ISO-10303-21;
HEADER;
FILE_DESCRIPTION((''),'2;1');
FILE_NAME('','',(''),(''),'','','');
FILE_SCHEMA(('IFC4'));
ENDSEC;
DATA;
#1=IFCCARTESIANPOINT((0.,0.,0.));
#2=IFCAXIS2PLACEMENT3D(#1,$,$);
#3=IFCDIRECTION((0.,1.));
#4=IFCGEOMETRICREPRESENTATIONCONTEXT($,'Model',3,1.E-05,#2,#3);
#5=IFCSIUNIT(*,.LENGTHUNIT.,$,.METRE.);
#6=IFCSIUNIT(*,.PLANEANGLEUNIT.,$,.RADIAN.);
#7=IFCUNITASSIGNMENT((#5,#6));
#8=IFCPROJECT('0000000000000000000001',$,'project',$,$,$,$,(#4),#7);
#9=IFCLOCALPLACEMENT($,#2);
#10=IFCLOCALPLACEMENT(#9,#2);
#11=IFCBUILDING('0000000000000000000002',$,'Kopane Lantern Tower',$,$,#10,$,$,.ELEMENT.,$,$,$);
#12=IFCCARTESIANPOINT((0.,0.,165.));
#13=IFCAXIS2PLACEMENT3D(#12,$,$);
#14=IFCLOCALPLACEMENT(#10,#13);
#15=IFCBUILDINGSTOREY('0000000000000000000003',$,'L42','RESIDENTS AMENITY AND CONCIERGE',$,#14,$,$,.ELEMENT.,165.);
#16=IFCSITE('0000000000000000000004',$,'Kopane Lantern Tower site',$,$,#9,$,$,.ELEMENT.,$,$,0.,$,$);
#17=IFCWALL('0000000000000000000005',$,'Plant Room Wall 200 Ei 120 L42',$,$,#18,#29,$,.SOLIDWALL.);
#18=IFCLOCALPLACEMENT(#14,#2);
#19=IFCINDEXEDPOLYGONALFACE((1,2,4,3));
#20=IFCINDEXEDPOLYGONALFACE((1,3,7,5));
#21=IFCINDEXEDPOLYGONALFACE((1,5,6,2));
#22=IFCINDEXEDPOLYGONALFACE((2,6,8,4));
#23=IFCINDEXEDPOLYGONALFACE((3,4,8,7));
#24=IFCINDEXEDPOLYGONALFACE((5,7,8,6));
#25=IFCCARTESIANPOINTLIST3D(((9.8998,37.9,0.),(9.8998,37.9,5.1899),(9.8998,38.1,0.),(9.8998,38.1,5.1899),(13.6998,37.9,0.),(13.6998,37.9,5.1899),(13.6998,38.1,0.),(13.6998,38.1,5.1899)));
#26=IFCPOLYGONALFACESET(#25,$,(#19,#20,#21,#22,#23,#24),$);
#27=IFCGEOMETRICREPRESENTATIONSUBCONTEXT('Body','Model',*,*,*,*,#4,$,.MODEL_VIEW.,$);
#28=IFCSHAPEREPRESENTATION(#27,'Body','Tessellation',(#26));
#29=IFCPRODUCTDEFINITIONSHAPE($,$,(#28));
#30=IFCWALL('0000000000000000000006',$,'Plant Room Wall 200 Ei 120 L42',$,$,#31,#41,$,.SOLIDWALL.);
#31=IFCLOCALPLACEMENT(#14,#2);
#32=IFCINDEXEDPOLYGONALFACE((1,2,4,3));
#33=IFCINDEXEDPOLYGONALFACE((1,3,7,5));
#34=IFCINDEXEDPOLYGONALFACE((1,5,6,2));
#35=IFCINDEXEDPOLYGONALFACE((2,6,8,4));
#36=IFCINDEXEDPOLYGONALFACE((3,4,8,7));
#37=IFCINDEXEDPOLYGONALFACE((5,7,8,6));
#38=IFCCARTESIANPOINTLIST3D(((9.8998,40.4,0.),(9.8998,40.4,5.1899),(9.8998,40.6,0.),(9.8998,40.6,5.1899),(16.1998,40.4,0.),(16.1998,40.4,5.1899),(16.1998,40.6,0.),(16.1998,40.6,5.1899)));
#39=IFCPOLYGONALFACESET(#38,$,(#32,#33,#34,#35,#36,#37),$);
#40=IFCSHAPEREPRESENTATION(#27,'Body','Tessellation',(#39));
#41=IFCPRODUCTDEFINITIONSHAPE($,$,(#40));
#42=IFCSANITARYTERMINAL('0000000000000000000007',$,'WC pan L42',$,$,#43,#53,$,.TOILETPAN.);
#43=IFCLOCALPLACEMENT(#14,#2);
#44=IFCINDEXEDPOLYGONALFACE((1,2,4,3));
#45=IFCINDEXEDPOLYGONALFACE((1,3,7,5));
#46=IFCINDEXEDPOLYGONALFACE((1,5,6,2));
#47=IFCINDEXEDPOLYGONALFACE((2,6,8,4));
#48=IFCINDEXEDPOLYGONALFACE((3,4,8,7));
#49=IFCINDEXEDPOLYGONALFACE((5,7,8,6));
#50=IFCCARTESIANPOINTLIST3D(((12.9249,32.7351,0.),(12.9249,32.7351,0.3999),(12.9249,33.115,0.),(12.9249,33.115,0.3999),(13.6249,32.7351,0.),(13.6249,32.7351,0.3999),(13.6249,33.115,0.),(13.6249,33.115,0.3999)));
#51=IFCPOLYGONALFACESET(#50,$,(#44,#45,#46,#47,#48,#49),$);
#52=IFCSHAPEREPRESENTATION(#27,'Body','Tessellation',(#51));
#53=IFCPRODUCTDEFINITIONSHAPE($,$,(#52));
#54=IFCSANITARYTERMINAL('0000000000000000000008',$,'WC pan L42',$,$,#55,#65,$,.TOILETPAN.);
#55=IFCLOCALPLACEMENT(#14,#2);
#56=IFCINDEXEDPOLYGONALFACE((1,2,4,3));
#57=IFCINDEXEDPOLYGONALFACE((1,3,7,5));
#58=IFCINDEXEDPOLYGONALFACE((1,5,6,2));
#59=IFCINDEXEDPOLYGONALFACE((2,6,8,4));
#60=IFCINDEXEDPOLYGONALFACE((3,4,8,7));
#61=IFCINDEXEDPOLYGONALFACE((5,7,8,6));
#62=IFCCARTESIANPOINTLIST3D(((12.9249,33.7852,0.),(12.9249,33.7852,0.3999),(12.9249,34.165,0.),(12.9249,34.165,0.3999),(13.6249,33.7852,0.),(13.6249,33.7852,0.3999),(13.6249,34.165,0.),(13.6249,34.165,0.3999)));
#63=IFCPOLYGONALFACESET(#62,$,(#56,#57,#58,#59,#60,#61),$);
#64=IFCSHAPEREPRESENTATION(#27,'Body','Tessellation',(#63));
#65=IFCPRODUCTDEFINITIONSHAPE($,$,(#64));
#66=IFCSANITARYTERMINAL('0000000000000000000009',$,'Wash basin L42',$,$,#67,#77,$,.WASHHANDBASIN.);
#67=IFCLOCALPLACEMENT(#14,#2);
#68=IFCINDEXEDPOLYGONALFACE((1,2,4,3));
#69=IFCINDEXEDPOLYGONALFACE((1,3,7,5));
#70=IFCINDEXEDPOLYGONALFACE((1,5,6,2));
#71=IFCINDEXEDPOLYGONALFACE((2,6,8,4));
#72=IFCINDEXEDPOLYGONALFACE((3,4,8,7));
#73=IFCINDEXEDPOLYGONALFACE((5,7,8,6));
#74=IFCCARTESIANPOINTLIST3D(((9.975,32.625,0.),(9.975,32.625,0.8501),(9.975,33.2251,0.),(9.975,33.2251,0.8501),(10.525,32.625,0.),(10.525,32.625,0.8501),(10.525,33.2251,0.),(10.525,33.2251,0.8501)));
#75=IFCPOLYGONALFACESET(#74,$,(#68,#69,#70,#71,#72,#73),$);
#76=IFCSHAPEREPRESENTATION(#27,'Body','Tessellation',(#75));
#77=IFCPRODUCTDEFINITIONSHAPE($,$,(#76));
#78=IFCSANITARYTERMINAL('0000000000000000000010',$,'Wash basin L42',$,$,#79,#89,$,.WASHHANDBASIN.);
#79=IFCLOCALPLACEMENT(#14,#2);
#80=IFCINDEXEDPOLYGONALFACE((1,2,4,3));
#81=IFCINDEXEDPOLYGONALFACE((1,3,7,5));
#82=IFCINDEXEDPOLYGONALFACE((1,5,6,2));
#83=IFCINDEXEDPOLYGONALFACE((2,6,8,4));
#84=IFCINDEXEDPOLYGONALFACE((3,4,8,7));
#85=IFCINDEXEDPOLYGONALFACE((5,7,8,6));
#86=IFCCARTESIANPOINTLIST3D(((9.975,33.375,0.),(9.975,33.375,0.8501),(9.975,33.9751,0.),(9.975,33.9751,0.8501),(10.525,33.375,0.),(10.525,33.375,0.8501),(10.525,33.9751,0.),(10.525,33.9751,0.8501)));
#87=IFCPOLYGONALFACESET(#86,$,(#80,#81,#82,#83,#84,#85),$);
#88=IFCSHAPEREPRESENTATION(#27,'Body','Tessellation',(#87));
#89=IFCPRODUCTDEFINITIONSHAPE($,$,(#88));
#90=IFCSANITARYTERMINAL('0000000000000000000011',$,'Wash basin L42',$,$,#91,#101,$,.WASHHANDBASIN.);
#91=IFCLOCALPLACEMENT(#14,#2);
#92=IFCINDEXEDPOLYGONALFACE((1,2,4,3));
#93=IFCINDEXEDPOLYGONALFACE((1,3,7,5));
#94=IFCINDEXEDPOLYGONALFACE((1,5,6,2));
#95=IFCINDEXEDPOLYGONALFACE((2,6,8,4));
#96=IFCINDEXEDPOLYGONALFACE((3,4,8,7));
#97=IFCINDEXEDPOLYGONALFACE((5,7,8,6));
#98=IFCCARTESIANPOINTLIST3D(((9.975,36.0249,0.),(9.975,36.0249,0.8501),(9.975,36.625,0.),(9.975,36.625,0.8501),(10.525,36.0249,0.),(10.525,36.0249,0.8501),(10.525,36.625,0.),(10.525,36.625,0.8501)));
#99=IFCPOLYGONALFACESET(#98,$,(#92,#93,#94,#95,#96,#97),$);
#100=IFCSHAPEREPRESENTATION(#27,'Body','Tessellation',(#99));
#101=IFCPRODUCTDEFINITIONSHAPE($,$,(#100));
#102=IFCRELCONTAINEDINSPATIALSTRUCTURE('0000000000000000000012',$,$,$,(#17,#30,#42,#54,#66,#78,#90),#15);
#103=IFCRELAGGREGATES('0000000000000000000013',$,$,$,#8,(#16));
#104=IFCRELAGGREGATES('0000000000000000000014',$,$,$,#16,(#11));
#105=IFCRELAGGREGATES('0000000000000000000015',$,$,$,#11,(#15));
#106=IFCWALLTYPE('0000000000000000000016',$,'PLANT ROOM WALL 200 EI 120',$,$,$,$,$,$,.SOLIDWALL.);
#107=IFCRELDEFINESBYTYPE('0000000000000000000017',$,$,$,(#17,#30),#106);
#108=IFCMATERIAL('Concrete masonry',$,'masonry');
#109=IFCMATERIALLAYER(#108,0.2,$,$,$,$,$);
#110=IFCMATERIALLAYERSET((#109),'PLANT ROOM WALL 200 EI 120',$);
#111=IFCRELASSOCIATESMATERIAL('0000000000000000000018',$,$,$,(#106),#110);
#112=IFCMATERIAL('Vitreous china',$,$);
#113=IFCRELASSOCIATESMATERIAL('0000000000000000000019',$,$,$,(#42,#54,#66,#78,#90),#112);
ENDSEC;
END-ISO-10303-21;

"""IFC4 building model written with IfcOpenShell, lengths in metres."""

from ifc_helpers import new_model, si_unit, direction, frame, frame_2d, origin, origin_2d, place, context, subcontext, project, spatial, rectangle, extrude, material, layer, layer_set, type_object, element, save


model = new_model("IFC4")

# Units and contexts
model_context = context("Model", 3, precision=1e-05, world=origin(), true_north=direction((0.0, 1.0)))
body_context = subcontext(model_context, "Body", "Model", "MODEL_VIEW")
ifc_project = project(units=[si_unit("LENGTHUNIT", "METRE"), si_unit("PLANEANGLEUNIT", "RADIAN")], contexts=[model_context])

# Site, building, storey
site_placement = place(None, origin())
site = spatial("IfcSite", under=ifc_project, at=site_placement, Name="Kopane Lantern Tower site", CompositionType="ELEMENT", RefElevation=0.0)
building_placement = place(site_placement, origin())
building = spatial("IfcBuilding", under=site, at=building_placement, Name="Kopane Lantern Tower", CompositionType="ELEMENT")
storey_placement = place(building_placement, frame((0.0, 0.0, 165.0)))
storey = spatial("IfcBuildingStorey", under=building, at=storey_placement, Name="L42", Description="RESIDENTS AMENITY AND CONCIERGE", CompositionType="ELEMENT", Elevation=165.0)

# Walls
ifc_material_1 = material(Name="Concrete masonry", Category="masonry")
ifc_layer_1 = layer(ifc_material_1, 0.2)
ifc_layer_set_1 = layer_set([ifc_layer_1], Name="PLANT ROOM WALL 200 EI 120")
wall_type_1 = type_object("IfcWallType", Name="PLANT ROOM WALL 200 EI 120", PredefinedType="SOLIDWALL", material=ifc_layer_set_1)
wall_1_placement = place(storey_placement, frame((9.8999, 38.0, 0.0), z_axis=(0.0, 0.0, 1.0), x_axis=(1.0, 0.0, 0.0)))
element("IfcWall", 1, at=wall_1_placement, inside=storey, type_object=wall_type_1, Name="Plant Room Wall 200 Ei 120 L42", PredefinedType="SOLIDWALL", context=body_context, shape_type="SweptSolid", body=[
    extrude(rectangle(XDim=3.8, YDim=0.2, at=frame_2d((1.8999, 0.0))), origin(), (0.0, 0.0, 1.0), 5.1899),
])
wall_2_placement = place(storey_placement, frame((9.8999, 40.5, 0.0), z_axis=(0.0, 0.0, 1.0), x_axis=(1.0, 0.0, 0.0)))
element("IfcWall", 2, at=wall_2_placement, inside=storey, type_object=wall_type_1, Name="Plant Room Wall 200 Ei 120 L42", PredefinedType="SOLIDWALL", context=body_context, shape_type="SweptSolid", body=[
    extrude(rectangle(XDim=6.3, YDim=0.2, at=frame_2d((3.1499, 0.0))), origin(), (0.0, 0.0, 1.0), 5.1899),
])

# Sanitary terminals
ifc_material_2 = material(Name="Vitreous china")
for number, where, z_axis, x_axis, name in (
    (3, (13.2749, 32.925, 0.0), (0.0, 0.0, 1.0), (1.0, 0.0, 0.0), "WC pan L42"),
    (4, (13.2749, 33.9751, 0.0), (0.0, 0.0, 1.0), (1.0, 0.0, 0.0), "WC pan L42"),
):
    element("IfcSanitaryTerminal", number, at=place(storey_placement, frame(where, z_axis=z_axis, x_axis=x_axis)), inside=storey, material=ifc_material_2, Name=name, PredefinedType="TOILETPAN", context=body_context, shape_type="SweptSolid", body=[
        extrude(rectangle(XDim=0.7, YDim=0.3799, at=origin_2d()), origin(), (0.0, 0.0, 1.0), 0.3999),
    ])
for number, where, z_axis, x_axis, name in (
    (5, (10.25, 32.925, 0.0), (0.0, 0.0, 1.0), (1.0, 0.0, 0.0), "Wash basin L42"),
    (6, (10.25, 33.675, 0.0), (0.0, 0.0, 1.0), (1.0, 0.0, 0.0), "Wash basin L42"),
    (7, (10.25, 36.325, 0.0), (0.0, 0.0, 1.0), (1.0, 0.0, 0.0), "Wash basin L42"),
):
    element("IfcSanitaryTerminal", number, at=place(storey_placement, frame(where, z_axis=z_axis, x_axis=x_axis)), inside=storey, material=ifc_material_2, Name=name, PredefinedType="WASHHANDBASIN", context=body_context, shape_type="SweptSolid", body=[
        extrude(rectangle(XDim=0.55, YDim=0.6001, at=origin_2d()), origin(), (0.0, 0.0, 1.0), 0.8501),
    ])

save(model, "model.ifc")
